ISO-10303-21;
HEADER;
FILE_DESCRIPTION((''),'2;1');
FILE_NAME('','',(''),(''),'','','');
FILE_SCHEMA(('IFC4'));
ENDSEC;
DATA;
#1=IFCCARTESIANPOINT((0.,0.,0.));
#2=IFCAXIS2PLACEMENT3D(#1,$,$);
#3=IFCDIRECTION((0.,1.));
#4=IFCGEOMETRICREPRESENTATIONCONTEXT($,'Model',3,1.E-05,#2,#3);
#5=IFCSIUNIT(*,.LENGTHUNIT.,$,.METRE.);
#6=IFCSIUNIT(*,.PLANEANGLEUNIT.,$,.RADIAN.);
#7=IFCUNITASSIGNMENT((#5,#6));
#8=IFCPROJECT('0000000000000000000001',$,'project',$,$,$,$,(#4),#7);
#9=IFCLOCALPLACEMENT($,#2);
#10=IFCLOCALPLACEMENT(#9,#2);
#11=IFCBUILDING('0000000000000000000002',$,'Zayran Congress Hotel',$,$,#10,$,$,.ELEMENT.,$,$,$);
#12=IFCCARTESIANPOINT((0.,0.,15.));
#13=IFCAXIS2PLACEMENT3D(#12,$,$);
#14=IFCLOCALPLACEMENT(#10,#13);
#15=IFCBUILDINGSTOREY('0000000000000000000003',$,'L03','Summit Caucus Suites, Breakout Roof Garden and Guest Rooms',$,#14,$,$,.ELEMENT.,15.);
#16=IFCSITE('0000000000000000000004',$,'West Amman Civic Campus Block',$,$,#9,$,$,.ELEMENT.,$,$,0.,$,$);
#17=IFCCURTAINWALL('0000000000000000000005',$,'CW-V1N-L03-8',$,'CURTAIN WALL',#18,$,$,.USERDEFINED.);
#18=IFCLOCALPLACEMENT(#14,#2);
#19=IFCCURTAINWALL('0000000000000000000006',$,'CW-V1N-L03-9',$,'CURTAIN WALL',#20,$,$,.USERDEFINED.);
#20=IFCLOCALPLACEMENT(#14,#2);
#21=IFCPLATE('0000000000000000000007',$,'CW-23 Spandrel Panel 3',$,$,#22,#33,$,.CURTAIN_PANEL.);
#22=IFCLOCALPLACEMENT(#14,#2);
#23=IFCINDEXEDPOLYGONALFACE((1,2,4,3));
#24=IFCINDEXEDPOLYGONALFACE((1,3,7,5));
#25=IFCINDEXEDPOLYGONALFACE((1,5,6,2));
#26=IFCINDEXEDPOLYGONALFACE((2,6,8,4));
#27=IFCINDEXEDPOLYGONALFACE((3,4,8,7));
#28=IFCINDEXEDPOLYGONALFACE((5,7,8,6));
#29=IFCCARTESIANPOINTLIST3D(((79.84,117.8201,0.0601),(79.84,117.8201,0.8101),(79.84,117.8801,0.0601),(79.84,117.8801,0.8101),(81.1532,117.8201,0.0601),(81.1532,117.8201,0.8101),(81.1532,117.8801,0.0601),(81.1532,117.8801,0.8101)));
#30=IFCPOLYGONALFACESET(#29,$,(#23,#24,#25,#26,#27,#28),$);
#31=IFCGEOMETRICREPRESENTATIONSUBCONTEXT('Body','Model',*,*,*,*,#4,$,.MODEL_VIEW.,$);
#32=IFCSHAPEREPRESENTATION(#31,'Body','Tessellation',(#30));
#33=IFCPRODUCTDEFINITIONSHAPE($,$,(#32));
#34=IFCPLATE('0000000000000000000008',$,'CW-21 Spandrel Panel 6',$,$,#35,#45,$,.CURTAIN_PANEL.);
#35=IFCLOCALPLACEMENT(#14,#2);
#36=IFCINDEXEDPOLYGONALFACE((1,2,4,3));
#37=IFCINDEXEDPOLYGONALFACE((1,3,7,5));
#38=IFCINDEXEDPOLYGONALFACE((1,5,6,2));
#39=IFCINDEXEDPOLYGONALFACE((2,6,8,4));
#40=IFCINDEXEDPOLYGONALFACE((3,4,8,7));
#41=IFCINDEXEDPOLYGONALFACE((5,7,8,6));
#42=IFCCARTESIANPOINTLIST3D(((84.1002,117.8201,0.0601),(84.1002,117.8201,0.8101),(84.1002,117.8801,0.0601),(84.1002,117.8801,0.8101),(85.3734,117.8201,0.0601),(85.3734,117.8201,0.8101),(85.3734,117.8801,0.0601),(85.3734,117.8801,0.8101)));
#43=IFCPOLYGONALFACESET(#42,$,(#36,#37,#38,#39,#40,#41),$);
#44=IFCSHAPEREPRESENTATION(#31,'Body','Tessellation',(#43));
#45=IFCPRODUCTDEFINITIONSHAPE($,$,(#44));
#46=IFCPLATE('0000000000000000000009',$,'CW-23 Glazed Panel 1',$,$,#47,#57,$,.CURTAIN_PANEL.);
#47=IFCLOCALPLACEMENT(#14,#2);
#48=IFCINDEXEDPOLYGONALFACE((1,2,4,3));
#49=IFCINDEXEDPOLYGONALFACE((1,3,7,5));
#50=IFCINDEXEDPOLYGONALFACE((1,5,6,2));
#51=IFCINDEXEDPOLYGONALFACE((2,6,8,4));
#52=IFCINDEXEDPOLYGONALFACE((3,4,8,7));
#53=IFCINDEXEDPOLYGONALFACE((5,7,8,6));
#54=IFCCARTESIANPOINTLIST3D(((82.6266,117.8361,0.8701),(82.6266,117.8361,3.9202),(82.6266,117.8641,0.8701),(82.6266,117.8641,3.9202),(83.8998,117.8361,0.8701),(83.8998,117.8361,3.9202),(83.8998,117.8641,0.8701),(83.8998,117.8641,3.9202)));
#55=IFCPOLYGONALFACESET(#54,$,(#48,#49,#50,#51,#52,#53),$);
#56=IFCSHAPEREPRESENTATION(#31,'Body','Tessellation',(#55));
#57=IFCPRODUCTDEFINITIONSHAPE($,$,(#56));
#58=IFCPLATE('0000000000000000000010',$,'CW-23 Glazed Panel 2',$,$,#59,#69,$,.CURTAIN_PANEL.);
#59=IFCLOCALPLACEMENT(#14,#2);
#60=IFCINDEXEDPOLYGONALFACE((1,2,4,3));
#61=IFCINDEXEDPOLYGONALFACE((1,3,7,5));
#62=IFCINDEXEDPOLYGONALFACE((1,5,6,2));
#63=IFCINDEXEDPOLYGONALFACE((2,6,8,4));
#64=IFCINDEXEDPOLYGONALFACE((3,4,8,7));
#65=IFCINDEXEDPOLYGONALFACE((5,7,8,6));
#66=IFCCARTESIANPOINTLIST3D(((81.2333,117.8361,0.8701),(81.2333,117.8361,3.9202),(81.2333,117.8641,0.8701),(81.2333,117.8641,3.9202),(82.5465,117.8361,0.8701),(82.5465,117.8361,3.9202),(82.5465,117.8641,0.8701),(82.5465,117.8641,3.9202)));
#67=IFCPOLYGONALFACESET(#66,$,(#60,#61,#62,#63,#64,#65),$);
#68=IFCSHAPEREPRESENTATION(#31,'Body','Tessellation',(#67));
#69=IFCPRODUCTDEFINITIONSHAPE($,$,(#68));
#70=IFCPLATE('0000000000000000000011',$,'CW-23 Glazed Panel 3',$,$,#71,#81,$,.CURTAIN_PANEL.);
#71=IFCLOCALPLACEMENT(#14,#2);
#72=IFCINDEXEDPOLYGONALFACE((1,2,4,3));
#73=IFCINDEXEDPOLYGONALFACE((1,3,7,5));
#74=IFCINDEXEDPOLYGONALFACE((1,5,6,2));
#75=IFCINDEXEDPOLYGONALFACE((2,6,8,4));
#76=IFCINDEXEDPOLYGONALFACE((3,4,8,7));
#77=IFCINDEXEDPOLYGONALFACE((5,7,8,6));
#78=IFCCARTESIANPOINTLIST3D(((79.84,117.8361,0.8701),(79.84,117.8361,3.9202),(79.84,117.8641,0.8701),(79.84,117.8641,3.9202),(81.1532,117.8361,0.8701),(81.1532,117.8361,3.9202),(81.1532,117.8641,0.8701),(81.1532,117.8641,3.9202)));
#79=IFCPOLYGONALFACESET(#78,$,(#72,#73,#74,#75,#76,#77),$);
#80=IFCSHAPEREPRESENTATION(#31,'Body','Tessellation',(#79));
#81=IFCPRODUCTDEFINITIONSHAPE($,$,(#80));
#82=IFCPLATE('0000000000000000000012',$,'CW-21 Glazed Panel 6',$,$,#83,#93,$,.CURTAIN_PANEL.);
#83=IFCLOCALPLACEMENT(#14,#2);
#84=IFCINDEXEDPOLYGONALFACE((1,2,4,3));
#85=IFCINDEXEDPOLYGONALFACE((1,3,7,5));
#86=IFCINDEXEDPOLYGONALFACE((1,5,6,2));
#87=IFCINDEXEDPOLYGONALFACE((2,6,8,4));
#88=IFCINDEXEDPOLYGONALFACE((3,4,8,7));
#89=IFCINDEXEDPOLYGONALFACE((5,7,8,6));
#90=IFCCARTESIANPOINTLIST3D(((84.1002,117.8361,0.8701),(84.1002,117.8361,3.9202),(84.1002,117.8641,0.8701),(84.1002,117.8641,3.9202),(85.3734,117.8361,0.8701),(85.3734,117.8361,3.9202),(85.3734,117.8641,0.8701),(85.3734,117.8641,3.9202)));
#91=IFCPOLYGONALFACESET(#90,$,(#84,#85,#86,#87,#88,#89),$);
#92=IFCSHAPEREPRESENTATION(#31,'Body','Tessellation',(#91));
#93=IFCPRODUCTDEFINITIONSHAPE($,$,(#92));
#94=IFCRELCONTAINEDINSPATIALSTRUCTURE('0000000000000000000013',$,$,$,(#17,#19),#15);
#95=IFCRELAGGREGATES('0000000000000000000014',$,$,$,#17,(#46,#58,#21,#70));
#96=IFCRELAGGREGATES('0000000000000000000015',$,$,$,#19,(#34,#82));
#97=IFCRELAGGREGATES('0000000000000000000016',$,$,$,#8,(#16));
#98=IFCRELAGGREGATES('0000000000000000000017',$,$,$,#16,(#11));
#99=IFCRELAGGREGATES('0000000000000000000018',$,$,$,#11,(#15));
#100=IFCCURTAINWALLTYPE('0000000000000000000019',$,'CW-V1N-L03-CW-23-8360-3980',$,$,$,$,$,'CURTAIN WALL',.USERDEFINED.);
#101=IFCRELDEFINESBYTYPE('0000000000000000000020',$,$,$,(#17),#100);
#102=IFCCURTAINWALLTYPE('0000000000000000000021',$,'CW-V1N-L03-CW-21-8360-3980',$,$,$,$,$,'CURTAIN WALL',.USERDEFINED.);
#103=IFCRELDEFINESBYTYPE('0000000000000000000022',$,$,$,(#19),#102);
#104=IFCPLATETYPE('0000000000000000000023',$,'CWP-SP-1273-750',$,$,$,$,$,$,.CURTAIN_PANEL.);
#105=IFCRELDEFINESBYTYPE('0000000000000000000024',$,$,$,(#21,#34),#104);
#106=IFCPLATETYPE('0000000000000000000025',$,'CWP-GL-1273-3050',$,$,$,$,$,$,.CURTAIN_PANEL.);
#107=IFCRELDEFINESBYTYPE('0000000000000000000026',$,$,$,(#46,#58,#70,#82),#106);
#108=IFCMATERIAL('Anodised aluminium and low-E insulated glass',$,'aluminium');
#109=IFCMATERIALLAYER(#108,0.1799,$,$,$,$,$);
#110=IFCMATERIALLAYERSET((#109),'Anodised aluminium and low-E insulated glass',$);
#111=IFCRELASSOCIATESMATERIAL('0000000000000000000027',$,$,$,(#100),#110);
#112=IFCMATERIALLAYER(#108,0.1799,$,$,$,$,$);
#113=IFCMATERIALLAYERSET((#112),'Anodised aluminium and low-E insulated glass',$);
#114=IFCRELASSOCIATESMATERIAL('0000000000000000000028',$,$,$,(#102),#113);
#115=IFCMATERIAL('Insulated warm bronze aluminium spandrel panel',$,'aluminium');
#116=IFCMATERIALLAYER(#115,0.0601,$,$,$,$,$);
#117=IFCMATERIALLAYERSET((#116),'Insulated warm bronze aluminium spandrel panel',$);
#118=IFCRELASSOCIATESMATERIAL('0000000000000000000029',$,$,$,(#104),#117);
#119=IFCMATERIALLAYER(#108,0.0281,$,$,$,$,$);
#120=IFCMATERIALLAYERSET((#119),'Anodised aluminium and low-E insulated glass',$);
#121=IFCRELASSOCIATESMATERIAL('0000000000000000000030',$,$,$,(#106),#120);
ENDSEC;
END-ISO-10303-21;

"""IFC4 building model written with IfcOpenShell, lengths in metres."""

from ifc_helpers import new_model, si_unit, direction, frame, origin, origin_2d, place, context, subcontext, project, spatial, rectangle, extrude, material, layer, layer_set, type_object, element, aggregate, save


model = new_model("IFC4")

# Units and contexts
model_context = context("Model", 3, precision=1e-05, world=origin(), true_north=direction((0.0, 1.0)))
body_context = subcontext(model_context, "Body", "Model", "MODEL_VIEW")
ifc_project = project(units=[si_unit("LENGTHUNIT", "METRE"), si_unit("PLANEANGLEUNIT", "RADIAN")], contexts=[model_context])

# Site, building, storey
site_placement = place(None, origin())
site = spatial("IfcSite", under=ifc_project, at=site_placement, Name="West Amman Civic Campus Block", CompositionType="ELEMENT", RefElevation=0.0)
building_placement = place(site_placement, origin())
building = spatial("IfcBuilding", under=site, at=building_placement, Name="Zayran Congress Hotel", CompositionType="ELEMENT")
storey_placement = place(building_placement, frame((0.0, 0.0, 15.0)))
storey = spatial("IfcBuildingStorey", under=building, at=storey_placement, Name="L03", Description="Summit Caucus Suites, Breakout Roof Garden and Guest Rooms", CompositionType="ELEMENT", Elevation=15.0)

# Curtain wall
ifc_material_1 = material(Name="Anodised aluminium and low-E insulated glass", Category="aluminium")
ifc_layer_1 = layer(ifc_material_1, 0.1799)
ifc_layer_set_1 = layer_set([ifc_layer_1], Name="Anodised aluminium and low-E insulated glass")
curtain_wall_type_1 = type_object("IfcCurtainWallType", Name="CW-V1N-L03-CW-23-8360-3980", ElementType="CURTAIN WALL", PredefinedType="USERDEFINED", material=ifc_layer_set_1)
curtain_wall_1_placement = place(storey_placement, origin())
curtain_wall_1 = element("IfcCurtainWall", 1, at=curtain_wall_1_placement, inside=storey, type_object=curtain_wall_type_1, Name="CW-V1N-L03-8", ObjectType="CURTAIN WALL", PredefinedType="USERDEFINED")

# Curtain wall
ifc_layer_2 = layer(ifc_material_1, 0.1799)
ifc_layer_set_2 = layer_set([ifc_layer_2], Name="Anodised aluminium and low-E insulated glass")
curtain_wall_type_2 = type_object("IfcCurtainWallType", Name="CW-V1N-L03-CW-21-8360-3980", ElementType="CURTAIN WALL", PredefinedType="USERDEFINED", material=ifc_layer_set_2)
curtain_wall_2_placement = place(storey_placement, origin())
curtain_wall_2 = element("IfcCurtainWall", 2, at=curtain_wall_2_placement, inside=storey, type_object=curtain_wall_type_2, Name="CW-V1N-L03-9", ObjectType="CURTAIN WALL", PredefinedType="USERDEFINED")

# Plates
ifc_material_2 = material(Name="Insulated warm bronze aluminium spandrel panel", Category="aluminium")
ifc_layer_3 = layer(ifc_material_2, 0.0601)
ifc_layer_set_3 = layer_set([ifc_layer_3], Name="Insulated warm bronze aluminium spandrel panel")
plate_type_1 = type_object("IfcPlateType", Name="CWP-SP-1273-750", PredefinedType="CURTAIN_PANEL", material=ifc_layer_set_3)
plate_1_placement = place(storey_placement, frame((80.4966, 117.8501, 0.0601), z_axis=(0.0, 0.0, 1.0), x_axis=(1.0, 0.0, 0.0)))
plate_1 = element("IfcPlate", 3, at=plate_1_placement, type_object=plate_type_1, Name="CW-23 Spandrel Panel 3", PredefinedType="CURTAIN_PANEL", context=body_context, shape_type="SweptSolid", body=[
    extrude(rectangle(XDim=1.3132, YDim=0.0601, at=origin_2d()), origin(), (0.0, 0.0, 1.0), 0.75),
])
plate_2_placement = place(storey_placement, frame((84.7368, 117.8501, 0.0601), z_axis=(0.0, 0.0, 1.0), x_axis=(1.0, 0.0, 0.0)))
plate_2 = element("IfcPlate", 4, at=plate_2_placement, type_object=plate_type_1, Name="CW-21 Spandrel Panel 6", PredefinedType="CURTAIN_PANEL", context=body_context, shape_type="SweptSolid", body=[
    extrude(rectangle(XDim=1.2732, YDim=0.0601, at=origin_2d()), origin(), (0.0, 0.0, 1.0), 0.75),
])
ifc_layer_4 = layer(ifc_material_1, 0.0281)
ifc_layer_set_4 = layer_set([ifc_layer_4], Name="Anodised aluminium and low-E insulated glass")
plate_type_2 = type_object("IfcPlateType", Name="CWP-GL-1273-3050", PredefinedType="CURTAIN_PANEL", material=ifc_layer_set_4)
plate_3_placement = place(storey_placement, frame((83.2632, 117.8501, 0.8701), z_axis=(0.0, 0.0, 1.0), x_axis=(1.0, 0.0, 0.0)))
plate_3 = element("IfcPlate", 5, at=plate_3_placement, type_object=plate_type_2, Name="CW-23 Glazed Panel 1", PredefinedType="CURTAIN_PANEL", context=body_context, shape_type="SweptSolid", body=[
    extrude(rectangle(XDim=1.2732, YDim=0.0281, at=origin_2d()), origin(), (0.0, 0.0, 1.0), 3.05),
])
plate_4_placement = place(storey_placement, frame((81.8899, 117.8501, 0.8701), z_axis=(0.0, 0.0, 1.0), x_axis=(1.0, 0.0, 0.0)))
plate_4 = element("IfcPlate", 6, at=plate_4_placement, type_object=plate_type_2, Name="CW-23 Glazed Panel 2", PredefinedType="CURTAIN_PANEL", context=body_context, shape_type="SweptSolid", body=[
    extrude(rectangle(XDim=1.3132, YDim=0.0281, at=origin_2d()), origin(), (0.0, 0.0, 1.0), 3.05),
])
plate_5_placement = place(storey_placement, frame((80.4966, 117.8501, 0.8701), z_axis=(0.0, 0.0, 1.0), x_axis=(1.0, 0.0, 0.0)))
plate_5 = element("IfcPlate", 7, at=plate_5_placement, type_object=plate_type_2, Name="CW-23 Glazed Panel 3", PredefinedType="CURTAIN_PANEL", context=body_context, shape_type="SweptSolid", body=[
    extrude(rectangle(XDim=1.3132, YDim=0.0281, at=origin_2d()), origin(), (0.0, 0.0, 1.0), 3.05),
])
aggregate(curtain_wall_1, [plate_3, plate_4, plate_1, plate_5])
plate_6_placement = place(storey_placement, frame((84.7368, 117.8501, 0.8701), z_axis=(0.0, 0.0, 1.0), x_axis=(1.0, 0.0, 0.0)))
plate_6 = element("IfcPlate", 8, at=plate_6_placement, type_object=plate_type_2, Name="CW-21 Glazed Panel 6", PredefinedType="CURTAIN_PANEL", context=body_context, shape_type="SweptSolid", body=[
    extrude(rectangle(XDim=1.2732, YDim=0.0281, at=origin_2d()), origin(), (0.0, 0.0, 1.0), 3.05),
])
aggregate(curtain_wall_2, [plate_2, plate_6])

save(model, "model.ifc")
